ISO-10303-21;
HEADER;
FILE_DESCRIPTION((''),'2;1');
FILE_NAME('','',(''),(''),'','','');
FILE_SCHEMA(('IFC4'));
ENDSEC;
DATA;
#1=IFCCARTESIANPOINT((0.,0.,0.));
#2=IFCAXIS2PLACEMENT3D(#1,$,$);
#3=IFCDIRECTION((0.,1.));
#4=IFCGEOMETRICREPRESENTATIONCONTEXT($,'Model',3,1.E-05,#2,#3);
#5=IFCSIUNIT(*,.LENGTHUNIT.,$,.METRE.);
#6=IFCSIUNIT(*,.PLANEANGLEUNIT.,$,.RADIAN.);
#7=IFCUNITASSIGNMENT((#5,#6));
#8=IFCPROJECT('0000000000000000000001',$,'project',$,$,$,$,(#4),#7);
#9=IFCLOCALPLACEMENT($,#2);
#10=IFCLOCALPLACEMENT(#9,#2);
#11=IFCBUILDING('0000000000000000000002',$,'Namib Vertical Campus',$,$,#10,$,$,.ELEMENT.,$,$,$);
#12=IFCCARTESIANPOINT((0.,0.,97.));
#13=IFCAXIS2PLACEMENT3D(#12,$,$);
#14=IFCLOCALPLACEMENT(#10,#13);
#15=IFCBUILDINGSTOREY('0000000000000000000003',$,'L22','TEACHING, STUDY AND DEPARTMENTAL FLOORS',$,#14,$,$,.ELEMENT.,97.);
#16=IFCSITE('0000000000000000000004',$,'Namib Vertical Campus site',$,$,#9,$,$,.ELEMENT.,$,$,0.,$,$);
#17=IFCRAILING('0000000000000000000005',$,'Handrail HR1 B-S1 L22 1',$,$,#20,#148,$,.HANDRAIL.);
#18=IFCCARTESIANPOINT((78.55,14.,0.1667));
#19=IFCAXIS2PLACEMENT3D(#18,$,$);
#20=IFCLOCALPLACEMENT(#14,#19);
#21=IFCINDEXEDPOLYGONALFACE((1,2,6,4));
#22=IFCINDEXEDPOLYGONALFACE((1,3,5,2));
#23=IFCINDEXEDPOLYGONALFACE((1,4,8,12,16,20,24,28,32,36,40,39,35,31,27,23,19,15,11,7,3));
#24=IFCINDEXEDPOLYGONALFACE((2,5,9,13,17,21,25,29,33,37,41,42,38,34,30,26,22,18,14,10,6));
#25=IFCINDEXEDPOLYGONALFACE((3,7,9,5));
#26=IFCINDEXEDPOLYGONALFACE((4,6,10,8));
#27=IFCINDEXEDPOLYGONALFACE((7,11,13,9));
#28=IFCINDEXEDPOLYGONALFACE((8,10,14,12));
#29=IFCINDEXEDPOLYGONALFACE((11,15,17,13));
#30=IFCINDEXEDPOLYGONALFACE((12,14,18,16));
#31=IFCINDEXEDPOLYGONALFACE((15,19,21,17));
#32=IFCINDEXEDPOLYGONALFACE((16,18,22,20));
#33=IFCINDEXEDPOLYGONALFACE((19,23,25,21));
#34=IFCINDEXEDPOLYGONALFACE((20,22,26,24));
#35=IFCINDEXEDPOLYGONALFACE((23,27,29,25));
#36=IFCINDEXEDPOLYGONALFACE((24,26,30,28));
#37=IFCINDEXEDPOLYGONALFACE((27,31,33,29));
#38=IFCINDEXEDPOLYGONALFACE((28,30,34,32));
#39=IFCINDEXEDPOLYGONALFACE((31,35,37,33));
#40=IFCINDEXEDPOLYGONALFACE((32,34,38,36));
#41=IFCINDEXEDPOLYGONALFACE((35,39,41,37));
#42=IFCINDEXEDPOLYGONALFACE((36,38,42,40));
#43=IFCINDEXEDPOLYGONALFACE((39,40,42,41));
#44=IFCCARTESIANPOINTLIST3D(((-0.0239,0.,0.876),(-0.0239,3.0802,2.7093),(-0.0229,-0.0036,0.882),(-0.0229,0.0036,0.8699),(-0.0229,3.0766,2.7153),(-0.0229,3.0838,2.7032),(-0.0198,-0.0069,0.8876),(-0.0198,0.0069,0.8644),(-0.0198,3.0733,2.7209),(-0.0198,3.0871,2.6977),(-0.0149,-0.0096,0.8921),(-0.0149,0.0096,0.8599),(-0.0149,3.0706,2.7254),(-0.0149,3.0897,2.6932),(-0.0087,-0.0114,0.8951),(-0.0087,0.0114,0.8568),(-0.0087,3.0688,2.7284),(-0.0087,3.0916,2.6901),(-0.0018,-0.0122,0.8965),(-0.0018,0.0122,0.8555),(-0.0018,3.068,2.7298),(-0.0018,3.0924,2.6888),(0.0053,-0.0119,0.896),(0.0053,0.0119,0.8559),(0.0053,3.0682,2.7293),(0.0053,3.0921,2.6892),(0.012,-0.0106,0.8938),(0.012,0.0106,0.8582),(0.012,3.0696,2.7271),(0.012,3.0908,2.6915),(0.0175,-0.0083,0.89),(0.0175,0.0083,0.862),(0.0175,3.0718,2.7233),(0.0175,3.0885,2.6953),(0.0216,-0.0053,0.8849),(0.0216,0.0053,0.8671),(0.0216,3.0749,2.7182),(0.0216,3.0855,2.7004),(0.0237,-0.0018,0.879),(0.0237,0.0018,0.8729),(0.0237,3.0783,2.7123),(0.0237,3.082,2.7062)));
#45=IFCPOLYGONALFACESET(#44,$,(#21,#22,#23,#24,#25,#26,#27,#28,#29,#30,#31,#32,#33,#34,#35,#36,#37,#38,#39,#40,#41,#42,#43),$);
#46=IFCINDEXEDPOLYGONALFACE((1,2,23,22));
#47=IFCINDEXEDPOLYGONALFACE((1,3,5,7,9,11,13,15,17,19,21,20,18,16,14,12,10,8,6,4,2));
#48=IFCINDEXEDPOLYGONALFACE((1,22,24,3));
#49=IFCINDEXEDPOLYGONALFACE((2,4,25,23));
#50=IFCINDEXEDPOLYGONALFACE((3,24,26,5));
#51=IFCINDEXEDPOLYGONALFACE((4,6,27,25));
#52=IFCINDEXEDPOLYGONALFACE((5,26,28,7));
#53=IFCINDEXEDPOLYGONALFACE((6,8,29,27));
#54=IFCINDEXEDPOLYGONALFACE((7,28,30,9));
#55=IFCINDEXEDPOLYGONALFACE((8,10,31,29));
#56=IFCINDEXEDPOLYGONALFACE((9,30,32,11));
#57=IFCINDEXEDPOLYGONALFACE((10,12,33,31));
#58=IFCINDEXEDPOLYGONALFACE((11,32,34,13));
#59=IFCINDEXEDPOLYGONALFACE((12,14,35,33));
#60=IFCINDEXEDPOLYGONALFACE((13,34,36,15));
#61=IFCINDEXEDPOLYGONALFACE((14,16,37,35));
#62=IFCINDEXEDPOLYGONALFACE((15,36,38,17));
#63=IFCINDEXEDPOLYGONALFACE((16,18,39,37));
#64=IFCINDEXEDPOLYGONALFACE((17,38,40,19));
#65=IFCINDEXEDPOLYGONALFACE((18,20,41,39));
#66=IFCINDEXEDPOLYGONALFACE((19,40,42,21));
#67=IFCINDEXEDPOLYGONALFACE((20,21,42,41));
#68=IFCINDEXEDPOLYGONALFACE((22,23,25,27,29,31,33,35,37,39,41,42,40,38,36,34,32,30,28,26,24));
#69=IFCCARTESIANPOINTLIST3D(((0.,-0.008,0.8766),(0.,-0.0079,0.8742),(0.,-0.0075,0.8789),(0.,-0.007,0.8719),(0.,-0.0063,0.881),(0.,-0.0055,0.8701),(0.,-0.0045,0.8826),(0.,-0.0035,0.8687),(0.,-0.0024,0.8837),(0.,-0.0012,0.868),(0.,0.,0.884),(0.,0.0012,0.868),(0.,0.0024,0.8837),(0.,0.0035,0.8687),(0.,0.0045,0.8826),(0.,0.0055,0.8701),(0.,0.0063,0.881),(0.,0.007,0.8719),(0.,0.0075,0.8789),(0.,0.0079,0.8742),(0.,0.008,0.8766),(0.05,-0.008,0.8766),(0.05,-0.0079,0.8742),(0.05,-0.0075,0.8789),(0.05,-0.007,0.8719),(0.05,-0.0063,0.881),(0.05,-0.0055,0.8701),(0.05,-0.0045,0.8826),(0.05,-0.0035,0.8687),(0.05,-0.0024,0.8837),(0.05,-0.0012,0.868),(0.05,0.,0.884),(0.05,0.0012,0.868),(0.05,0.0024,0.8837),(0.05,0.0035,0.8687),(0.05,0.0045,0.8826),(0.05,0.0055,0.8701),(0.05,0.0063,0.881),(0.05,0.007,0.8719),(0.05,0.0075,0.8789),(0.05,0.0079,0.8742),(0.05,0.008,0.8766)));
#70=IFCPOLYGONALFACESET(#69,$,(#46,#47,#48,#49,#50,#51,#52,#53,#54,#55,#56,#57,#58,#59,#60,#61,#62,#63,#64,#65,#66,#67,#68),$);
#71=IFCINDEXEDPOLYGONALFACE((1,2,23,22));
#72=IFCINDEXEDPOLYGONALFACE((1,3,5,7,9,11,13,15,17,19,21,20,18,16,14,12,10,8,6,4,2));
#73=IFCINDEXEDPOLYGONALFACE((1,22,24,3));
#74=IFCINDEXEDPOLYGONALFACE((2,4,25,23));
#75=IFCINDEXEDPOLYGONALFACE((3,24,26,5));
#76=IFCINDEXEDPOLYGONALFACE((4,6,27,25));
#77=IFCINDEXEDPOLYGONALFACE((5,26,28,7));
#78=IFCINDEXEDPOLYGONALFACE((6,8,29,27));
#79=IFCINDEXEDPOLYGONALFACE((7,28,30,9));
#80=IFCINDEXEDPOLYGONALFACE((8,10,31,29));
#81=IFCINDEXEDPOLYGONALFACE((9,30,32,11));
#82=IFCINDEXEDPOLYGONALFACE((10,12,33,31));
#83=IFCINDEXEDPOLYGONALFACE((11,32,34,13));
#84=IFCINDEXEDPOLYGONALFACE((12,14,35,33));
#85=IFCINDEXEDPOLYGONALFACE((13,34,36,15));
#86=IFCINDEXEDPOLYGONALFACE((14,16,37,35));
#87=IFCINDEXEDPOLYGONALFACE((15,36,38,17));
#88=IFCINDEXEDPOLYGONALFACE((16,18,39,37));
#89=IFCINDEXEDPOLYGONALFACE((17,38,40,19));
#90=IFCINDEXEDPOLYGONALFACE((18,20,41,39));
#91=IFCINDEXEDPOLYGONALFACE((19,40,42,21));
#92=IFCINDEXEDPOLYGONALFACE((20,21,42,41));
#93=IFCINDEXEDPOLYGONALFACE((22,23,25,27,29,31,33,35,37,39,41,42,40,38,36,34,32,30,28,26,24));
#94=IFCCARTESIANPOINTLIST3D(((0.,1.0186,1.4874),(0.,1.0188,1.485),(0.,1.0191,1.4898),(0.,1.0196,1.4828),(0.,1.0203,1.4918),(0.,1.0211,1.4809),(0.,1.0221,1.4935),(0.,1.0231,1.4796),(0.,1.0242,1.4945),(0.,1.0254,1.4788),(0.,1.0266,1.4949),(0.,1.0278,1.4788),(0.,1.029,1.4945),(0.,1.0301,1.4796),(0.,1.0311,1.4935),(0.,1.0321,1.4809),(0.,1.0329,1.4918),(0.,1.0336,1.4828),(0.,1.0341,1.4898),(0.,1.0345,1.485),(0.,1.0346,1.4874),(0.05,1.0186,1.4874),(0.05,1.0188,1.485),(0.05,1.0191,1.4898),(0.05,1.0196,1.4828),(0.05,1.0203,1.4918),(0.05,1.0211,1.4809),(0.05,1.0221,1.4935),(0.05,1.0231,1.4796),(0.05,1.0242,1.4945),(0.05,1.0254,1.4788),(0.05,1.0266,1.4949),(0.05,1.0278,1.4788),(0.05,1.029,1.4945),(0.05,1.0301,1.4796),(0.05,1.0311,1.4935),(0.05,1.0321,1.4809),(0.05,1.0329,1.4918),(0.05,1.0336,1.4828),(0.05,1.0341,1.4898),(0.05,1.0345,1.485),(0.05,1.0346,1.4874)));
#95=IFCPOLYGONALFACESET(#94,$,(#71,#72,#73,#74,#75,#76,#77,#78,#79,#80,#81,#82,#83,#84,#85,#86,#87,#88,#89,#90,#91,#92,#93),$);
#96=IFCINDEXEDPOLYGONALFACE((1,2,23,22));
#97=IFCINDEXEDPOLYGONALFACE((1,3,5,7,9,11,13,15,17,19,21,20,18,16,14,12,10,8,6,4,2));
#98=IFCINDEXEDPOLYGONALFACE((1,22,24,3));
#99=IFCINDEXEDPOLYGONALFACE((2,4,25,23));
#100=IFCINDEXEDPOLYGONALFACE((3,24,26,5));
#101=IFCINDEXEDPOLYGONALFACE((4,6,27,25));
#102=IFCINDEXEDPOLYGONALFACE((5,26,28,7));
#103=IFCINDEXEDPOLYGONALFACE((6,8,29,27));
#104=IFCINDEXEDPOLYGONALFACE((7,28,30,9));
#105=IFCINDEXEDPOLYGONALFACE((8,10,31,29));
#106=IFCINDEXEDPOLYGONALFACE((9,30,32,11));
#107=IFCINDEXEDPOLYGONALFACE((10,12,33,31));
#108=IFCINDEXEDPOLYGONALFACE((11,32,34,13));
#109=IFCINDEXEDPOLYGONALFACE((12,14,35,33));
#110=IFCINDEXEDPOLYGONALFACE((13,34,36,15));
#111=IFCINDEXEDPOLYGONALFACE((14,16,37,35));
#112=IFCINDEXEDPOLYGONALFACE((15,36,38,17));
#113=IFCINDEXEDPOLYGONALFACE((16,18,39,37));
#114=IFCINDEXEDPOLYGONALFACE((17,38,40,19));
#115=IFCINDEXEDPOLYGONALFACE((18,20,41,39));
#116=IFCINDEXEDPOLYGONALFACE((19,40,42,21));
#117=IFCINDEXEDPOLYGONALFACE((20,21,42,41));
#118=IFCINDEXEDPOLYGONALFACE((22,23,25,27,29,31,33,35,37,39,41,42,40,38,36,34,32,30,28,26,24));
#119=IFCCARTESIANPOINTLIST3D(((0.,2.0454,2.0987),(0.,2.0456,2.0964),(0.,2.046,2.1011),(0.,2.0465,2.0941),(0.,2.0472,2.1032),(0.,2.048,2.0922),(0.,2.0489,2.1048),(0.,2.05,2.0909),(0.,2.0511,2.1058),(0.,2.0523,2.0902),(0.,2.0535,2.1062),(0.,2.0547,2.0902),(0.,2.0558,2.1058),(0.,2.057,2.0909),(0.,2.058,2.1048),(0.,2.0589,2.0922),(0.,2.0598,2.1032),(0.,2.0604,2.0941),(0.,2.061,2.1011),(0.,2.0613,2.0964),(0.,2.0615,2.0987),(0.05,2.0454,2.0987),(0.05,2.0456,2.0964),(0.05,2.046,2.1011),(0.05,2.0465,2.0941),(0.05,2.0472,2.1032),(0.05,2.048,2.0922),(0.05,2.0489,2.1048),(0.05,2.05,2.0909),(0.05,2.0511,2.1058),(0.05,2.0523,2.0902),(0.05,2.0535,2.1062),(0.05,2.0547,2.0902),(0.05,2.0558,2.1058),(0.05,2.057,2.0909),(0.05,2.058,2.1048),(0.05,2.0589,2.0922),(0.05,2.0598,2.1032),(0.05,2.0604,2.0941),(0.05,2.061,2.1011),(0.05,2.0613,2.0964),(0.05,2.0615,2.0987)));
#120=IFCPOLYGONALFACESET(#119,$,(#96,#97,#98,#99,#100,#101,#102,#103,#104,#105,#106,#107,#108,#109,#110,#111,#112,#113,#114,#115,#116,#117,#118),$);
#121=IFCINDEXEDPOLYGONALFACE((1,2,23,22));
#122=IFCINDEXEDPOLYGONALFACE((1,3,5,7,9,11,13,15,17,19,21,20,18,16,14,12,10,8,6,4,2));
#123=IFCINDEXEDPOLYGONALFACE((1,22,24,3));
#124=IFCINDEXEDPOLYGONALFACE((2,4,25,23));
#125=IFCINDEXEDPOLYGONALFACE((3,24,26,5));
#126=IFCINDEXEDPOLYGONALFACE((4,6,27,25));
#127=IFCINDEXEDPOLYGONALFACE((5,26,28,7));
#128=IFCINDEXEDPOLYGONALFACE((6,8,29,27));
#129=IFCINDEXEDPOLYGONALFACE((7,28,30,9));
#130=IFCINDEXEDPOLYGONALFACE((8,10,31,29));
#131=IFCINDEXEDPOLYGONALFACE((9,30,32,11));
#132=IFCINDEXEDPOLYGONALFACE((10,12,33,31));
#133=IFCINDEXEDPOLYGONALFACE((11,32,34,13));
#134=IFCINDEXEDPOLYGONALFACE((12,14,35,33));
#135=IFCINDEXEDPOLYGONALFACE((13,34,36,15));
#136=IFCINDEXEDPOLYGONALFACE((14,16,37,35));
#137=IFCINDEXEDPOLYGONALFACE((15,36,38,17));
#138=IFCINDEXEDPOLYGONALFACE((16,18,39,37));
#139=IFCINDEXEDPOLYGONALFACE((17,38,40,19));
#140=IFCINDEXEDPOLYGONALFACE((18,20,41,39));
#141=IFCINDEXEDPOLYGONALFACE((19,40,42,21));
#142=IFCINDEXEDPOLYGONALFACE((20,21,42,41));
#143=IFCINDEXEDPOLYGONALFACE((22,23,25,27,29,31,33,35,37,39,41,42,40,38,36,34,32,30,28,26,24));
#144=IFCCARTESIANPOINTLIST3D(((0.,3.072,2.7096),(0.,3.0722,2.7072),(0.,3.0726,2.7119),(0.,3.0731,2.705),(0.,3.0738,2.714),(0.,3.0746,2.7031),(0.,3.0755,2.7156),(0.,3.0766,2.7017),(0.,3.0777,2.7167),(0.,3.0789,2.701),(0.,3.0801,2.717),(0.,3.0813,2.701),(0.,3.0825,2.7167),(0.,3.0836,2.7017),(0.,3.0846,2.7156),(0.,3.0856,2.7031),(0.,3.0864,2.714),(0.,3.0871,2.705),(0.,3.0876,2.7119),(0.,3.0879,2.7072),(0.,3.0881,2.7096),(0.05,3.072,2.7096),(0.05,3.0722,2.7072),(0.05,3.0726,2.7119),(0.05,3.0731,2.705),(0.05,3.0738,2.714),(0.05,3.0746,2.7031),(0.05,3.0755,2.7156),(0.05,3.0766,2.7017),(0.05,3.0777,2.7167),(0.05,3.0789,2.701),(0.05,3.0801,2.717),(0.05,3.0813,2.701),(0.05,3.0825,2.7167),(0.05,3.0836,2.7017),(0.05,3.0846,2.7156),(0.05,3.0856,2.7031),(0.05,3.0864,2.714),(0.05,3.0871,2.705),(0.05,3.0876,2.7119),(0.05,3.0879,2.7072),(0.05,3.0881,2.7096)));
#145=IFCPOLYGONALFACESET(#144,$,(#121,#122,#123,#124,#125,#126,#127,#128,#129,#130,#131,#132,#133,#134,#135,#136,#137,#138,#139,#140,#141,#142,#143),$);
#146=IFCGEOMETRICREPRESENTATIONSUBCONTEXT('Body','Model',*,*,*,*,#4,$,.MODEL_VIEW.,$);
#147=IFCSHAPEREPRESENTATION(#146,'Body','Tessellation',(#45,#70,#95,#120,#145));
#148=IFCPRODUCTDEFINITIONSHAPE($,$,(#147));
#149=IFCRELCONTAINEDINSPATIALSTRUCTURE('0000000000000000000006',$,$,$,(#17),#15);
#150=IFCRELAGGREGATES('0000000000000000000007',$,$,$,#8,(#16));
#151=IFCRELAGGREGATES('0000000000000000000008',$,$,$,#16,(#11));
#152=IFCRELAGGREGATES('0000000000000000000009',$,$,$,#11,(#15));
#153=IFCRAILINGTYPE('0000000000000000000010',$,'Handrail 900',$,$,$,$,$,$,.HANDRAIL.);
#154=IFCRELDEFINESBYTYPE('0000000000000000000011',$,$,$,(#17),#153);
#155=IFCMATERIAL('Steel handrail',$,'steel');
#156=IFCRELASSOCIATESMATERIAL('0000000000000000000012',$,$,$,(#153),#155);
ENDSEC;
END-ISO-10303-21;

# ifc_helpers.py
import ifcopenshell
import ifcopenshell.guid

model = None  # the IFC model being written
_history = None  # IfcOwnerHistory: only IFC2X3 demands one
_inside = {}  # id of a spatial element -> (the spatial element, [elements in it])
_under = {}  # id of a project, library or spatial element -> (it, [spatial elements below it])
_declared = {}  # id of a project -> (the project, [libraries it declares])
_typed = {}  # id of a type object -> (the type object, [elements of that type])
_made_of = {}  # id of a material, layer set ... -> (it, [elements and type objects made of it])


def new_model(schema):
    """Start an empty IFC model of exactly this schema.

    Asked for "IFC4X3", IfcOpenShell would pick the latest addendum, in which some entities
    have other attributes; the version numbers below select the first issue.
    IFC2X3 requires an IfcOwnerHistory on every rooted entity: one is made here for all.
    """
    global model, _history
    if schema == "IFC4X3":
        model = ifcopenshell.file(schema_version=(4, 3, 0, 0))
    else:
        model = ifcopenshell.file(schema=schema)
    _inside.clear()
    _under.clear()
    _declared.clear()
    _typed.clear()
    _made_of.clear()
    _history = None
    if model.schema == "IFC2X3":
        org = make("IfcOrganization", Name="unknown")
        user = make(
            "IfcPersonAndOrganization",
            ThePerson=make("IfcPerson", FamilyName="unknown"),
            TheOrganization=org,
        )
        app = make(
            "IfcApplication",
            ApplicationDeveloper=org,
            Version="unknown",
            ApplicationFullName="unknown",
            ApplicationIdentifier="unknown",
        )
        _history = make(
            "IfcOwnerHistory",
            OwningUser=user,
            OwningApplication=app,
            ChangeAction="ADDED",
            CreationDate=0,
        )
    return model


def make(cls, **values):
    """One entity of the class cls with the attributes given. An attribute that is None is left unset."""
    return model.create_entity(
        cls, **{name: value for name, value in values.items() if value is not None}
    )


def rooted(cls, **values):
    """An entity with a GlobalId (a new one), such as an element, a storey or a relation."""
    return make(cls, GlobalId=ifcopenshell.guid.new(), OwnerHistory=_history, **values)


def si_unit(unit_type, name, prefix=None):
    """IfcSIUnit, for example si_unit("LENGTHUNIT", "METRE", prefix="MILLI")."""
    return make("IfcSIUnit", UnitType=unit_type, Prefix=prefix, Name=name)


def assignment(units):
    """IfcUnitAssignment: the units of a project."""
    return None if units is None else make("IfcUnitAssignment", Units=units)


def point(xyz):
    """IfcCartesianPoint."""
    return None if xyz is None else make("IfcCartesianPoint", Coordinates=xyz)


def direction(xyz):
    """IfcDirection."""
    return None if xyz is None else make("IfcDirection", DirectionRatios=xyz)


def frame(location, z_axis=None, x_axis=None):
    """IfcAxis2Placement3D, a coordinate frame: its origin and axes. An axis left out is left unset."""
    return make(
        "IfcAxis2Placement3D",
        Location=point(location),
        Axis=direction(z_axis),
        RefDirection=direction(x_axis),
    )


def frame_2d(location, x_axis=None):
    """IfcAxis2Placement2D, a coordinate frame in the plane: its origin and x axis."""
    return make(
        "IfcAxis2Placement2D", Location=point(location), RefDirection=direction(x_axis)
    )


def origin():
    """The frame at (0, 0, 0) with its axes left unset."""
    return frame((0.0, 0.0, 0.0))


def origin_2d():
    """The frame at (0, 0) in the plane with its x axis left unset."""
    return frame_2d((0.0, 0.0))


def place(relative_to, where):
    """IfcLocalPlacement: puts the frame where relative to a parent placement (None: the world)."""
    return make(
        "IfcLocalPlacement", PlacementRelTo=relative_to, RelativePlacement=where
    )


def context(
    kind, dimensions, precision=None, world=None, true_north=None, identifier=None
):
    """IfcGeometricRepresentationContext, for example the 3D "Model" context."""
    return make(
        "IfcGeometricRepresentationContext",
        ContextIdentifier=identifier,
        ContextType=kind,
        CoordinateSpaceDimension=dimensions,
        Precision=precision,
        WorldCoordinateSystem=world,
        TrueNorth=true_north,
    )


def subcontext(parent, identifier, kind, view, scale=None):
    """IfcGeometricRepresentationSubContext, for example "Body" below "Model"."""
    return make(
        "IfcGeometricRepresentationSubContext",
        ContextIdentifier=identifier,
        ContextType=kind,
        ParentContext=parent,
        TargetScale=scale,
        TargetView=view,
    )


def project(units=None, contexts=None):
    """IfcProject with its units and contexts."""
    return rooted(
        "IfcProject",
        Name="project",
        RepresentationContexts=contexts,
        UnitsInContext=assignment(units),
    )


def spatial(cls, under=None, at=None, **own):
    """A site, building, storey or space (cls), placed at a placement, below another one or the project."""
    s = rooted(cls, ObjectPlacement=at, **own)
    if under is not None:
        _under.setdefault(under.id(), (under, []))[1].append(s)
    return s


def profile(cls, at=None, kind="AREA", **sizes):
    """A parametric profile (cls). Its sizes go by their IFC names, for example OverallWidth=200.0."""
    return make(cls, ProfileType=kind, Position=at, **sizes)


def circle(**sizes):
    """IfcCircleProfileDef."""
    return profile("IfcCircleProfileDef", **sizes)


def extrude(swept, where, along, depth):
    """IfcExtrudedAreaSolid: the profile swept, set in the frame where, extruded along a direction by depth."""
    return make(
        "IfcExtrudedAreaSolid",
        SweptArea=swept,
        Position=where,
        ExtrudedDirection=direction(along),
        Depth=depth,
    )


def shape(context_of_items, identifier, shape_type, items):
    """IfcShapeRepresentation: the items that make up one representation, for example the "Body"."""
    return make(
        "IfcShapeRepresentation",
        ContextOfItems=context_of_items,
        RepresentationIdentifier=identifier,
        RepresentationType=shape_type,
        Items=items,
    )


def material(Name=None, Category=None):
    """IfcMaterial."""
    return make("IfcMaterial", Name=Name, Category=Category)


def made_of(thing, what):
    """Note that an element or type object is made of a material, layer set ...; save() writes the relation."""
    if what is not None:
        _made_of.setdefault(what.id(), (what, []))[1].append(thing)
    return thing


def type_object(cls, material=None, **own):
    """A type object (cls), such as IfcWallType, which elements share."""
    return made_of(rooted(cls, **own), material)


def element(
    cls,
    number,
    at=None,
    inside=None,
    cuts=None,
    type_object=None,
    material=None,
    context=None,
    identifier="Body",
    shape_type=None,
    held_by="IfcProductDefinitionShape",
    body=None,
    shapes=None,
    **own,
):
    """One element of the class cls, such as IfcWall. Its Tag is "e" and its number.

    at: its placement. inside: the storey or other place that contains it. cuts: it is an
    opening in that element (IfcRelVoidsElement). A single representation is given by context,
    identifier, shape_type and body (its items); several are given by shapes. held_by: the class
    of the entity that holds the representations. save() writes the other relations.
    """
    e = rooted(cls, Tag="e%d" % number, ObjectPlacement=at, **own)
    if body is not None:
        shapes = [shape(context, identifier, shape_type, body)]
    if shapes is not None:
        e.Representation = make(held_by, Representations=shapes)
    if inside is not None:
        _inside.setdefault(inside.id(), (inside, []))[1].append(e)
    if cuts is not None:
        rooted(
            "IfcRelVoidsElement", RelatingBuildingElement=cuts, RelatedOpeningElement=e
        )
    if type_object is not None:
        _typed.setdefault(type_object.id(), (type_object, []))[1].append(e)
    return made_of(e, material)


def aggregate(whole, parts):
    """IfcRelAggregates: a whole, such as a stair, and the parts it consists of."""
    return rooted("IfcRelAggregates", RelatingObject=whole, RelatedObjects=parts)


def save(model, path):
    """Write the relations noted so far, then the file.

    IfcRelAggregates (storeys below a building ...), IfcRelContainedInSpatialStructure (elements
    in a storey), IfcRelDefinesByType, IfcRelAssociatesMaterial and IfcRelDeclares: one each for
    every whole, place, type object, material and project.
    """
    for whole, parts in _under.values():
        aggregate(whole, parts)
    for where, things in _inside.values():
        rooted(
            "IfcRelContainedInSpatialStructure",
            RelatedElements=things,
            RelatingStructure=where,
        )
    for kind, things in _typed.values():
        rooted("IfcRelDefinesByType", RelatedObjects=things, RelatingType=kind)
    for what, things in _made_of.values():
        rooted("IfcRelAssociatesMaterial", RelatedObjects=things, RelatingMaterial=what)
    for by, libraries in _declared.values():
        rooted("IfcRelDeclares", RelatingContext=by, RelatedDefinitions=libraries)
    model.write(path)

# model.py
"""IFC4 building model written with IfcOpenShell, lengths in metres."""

from ifc_helpers import new_model, si_unit, direction, frame, origin, origin_2d, place, context, subcontext, project, spatial, circle, extrude, material, type_object, element, save


model = new_model("IFC4")

# Units and contexts
model_context = context("Model", 3, precision=1e-05, world=origin(), true_north=direction((0.0, 1.0)))
body_context = subcontext(model_context, "Body", "Model", "MODEL_VIEW")
ifc_project = project(units=[si_unit("LENGTHUNIT", "METRE"), si_unit("PLANEANGLEUNIT", "RADIAN")], contexts=[model_context])

# Site, building, storey
site_placement = place(None, origin())
site = spatial("IfcSite", under=ifc_project, at=site_placement, Name="Namib Vertical Campus site", CompositionType="ELEMENT", RefElevation=0.0)
building_placement = place(site_placement, origin())
building = spatial("IfcBuilding", under=site, at=building_placement, Name="Namib Vertical Campus", CompositionType="ELEMENT")
storey_placement = place(building_placement, frame((0.0, 0.0, 97.0)))
storey = spatial("IfcBuildingStorey", under=building, at=storey_placement, Name="L22", Description="TEACHING, STUDY AND DEPARTMENTAL FLOORS", CompositionType="ELEMENT", Elevation=97.0)

# Railing
ifc_material_1 = material(Name="Steel handrail", Category="steel")
railing_type = type_object("IfcRailingType", Name="Handrail 900", PredefinedType="HANDRAIL", material=ifc_material_1)
railing_1_placement = place(storey_placement, frame((78.55, 14.0, 0.1667)))
element("IfcRailing", 1, at=railing_1_placement, inside=storey, type_object=railing_type, Name="Handrail HR1 B-S1 L22 1", PredefinedType="HANDRAIL", context=body_context, shape_type="SweptSolid", body=[
    extrude(circle(Radius=0.0239, at=origin_2d()), frame((0.0, 0.0, 0.876), z_axis=(0.0, 0.859309, 0.511458), x_axis=(-1.0, 0.0, 0.0)), (0.0, 0.0, 1.0), 3.5845),
    extrude(circle(Radius=0.0081, at=origin_2d()), frame((0.0, 0.0, 0.876), z_axis=(1.0, 0.0, 0.0), x_axis=(0.0, 0.0, 1.0)), (0.0, 0.0, 1.0), 0.05),
    extrude(circle(Radius=0.0081, at=origin_2d()), frame((0.0, 1.0266, 1.4868), z_axis=(1.0, 0.0, 0.0), x_axis=(0.0, 0.0, 1.0)), (0.0, 0.0, 1.0), 0.05),
    extrude(circle(Radius=0.0081, at=origin_2d()), frame((0.0, 2.0535, 2.0981), z_axis=(1.0, 0.0, 0.0), x_axis=(0.0, 0.0, 1.0)), (0.0, 0.0, 1.0), 0.05),
    extrude(circle(Radius=0.0081, at=origin_2d()), frame((0.0, 3.0801, 2.709), z_axis=(1.0, 0.0, 0.0), x_axis=(0.0, 0.0, 1.0)), (0.0, 0.0, 1.0), 0.05),
])

save(model, "model.ifc")
